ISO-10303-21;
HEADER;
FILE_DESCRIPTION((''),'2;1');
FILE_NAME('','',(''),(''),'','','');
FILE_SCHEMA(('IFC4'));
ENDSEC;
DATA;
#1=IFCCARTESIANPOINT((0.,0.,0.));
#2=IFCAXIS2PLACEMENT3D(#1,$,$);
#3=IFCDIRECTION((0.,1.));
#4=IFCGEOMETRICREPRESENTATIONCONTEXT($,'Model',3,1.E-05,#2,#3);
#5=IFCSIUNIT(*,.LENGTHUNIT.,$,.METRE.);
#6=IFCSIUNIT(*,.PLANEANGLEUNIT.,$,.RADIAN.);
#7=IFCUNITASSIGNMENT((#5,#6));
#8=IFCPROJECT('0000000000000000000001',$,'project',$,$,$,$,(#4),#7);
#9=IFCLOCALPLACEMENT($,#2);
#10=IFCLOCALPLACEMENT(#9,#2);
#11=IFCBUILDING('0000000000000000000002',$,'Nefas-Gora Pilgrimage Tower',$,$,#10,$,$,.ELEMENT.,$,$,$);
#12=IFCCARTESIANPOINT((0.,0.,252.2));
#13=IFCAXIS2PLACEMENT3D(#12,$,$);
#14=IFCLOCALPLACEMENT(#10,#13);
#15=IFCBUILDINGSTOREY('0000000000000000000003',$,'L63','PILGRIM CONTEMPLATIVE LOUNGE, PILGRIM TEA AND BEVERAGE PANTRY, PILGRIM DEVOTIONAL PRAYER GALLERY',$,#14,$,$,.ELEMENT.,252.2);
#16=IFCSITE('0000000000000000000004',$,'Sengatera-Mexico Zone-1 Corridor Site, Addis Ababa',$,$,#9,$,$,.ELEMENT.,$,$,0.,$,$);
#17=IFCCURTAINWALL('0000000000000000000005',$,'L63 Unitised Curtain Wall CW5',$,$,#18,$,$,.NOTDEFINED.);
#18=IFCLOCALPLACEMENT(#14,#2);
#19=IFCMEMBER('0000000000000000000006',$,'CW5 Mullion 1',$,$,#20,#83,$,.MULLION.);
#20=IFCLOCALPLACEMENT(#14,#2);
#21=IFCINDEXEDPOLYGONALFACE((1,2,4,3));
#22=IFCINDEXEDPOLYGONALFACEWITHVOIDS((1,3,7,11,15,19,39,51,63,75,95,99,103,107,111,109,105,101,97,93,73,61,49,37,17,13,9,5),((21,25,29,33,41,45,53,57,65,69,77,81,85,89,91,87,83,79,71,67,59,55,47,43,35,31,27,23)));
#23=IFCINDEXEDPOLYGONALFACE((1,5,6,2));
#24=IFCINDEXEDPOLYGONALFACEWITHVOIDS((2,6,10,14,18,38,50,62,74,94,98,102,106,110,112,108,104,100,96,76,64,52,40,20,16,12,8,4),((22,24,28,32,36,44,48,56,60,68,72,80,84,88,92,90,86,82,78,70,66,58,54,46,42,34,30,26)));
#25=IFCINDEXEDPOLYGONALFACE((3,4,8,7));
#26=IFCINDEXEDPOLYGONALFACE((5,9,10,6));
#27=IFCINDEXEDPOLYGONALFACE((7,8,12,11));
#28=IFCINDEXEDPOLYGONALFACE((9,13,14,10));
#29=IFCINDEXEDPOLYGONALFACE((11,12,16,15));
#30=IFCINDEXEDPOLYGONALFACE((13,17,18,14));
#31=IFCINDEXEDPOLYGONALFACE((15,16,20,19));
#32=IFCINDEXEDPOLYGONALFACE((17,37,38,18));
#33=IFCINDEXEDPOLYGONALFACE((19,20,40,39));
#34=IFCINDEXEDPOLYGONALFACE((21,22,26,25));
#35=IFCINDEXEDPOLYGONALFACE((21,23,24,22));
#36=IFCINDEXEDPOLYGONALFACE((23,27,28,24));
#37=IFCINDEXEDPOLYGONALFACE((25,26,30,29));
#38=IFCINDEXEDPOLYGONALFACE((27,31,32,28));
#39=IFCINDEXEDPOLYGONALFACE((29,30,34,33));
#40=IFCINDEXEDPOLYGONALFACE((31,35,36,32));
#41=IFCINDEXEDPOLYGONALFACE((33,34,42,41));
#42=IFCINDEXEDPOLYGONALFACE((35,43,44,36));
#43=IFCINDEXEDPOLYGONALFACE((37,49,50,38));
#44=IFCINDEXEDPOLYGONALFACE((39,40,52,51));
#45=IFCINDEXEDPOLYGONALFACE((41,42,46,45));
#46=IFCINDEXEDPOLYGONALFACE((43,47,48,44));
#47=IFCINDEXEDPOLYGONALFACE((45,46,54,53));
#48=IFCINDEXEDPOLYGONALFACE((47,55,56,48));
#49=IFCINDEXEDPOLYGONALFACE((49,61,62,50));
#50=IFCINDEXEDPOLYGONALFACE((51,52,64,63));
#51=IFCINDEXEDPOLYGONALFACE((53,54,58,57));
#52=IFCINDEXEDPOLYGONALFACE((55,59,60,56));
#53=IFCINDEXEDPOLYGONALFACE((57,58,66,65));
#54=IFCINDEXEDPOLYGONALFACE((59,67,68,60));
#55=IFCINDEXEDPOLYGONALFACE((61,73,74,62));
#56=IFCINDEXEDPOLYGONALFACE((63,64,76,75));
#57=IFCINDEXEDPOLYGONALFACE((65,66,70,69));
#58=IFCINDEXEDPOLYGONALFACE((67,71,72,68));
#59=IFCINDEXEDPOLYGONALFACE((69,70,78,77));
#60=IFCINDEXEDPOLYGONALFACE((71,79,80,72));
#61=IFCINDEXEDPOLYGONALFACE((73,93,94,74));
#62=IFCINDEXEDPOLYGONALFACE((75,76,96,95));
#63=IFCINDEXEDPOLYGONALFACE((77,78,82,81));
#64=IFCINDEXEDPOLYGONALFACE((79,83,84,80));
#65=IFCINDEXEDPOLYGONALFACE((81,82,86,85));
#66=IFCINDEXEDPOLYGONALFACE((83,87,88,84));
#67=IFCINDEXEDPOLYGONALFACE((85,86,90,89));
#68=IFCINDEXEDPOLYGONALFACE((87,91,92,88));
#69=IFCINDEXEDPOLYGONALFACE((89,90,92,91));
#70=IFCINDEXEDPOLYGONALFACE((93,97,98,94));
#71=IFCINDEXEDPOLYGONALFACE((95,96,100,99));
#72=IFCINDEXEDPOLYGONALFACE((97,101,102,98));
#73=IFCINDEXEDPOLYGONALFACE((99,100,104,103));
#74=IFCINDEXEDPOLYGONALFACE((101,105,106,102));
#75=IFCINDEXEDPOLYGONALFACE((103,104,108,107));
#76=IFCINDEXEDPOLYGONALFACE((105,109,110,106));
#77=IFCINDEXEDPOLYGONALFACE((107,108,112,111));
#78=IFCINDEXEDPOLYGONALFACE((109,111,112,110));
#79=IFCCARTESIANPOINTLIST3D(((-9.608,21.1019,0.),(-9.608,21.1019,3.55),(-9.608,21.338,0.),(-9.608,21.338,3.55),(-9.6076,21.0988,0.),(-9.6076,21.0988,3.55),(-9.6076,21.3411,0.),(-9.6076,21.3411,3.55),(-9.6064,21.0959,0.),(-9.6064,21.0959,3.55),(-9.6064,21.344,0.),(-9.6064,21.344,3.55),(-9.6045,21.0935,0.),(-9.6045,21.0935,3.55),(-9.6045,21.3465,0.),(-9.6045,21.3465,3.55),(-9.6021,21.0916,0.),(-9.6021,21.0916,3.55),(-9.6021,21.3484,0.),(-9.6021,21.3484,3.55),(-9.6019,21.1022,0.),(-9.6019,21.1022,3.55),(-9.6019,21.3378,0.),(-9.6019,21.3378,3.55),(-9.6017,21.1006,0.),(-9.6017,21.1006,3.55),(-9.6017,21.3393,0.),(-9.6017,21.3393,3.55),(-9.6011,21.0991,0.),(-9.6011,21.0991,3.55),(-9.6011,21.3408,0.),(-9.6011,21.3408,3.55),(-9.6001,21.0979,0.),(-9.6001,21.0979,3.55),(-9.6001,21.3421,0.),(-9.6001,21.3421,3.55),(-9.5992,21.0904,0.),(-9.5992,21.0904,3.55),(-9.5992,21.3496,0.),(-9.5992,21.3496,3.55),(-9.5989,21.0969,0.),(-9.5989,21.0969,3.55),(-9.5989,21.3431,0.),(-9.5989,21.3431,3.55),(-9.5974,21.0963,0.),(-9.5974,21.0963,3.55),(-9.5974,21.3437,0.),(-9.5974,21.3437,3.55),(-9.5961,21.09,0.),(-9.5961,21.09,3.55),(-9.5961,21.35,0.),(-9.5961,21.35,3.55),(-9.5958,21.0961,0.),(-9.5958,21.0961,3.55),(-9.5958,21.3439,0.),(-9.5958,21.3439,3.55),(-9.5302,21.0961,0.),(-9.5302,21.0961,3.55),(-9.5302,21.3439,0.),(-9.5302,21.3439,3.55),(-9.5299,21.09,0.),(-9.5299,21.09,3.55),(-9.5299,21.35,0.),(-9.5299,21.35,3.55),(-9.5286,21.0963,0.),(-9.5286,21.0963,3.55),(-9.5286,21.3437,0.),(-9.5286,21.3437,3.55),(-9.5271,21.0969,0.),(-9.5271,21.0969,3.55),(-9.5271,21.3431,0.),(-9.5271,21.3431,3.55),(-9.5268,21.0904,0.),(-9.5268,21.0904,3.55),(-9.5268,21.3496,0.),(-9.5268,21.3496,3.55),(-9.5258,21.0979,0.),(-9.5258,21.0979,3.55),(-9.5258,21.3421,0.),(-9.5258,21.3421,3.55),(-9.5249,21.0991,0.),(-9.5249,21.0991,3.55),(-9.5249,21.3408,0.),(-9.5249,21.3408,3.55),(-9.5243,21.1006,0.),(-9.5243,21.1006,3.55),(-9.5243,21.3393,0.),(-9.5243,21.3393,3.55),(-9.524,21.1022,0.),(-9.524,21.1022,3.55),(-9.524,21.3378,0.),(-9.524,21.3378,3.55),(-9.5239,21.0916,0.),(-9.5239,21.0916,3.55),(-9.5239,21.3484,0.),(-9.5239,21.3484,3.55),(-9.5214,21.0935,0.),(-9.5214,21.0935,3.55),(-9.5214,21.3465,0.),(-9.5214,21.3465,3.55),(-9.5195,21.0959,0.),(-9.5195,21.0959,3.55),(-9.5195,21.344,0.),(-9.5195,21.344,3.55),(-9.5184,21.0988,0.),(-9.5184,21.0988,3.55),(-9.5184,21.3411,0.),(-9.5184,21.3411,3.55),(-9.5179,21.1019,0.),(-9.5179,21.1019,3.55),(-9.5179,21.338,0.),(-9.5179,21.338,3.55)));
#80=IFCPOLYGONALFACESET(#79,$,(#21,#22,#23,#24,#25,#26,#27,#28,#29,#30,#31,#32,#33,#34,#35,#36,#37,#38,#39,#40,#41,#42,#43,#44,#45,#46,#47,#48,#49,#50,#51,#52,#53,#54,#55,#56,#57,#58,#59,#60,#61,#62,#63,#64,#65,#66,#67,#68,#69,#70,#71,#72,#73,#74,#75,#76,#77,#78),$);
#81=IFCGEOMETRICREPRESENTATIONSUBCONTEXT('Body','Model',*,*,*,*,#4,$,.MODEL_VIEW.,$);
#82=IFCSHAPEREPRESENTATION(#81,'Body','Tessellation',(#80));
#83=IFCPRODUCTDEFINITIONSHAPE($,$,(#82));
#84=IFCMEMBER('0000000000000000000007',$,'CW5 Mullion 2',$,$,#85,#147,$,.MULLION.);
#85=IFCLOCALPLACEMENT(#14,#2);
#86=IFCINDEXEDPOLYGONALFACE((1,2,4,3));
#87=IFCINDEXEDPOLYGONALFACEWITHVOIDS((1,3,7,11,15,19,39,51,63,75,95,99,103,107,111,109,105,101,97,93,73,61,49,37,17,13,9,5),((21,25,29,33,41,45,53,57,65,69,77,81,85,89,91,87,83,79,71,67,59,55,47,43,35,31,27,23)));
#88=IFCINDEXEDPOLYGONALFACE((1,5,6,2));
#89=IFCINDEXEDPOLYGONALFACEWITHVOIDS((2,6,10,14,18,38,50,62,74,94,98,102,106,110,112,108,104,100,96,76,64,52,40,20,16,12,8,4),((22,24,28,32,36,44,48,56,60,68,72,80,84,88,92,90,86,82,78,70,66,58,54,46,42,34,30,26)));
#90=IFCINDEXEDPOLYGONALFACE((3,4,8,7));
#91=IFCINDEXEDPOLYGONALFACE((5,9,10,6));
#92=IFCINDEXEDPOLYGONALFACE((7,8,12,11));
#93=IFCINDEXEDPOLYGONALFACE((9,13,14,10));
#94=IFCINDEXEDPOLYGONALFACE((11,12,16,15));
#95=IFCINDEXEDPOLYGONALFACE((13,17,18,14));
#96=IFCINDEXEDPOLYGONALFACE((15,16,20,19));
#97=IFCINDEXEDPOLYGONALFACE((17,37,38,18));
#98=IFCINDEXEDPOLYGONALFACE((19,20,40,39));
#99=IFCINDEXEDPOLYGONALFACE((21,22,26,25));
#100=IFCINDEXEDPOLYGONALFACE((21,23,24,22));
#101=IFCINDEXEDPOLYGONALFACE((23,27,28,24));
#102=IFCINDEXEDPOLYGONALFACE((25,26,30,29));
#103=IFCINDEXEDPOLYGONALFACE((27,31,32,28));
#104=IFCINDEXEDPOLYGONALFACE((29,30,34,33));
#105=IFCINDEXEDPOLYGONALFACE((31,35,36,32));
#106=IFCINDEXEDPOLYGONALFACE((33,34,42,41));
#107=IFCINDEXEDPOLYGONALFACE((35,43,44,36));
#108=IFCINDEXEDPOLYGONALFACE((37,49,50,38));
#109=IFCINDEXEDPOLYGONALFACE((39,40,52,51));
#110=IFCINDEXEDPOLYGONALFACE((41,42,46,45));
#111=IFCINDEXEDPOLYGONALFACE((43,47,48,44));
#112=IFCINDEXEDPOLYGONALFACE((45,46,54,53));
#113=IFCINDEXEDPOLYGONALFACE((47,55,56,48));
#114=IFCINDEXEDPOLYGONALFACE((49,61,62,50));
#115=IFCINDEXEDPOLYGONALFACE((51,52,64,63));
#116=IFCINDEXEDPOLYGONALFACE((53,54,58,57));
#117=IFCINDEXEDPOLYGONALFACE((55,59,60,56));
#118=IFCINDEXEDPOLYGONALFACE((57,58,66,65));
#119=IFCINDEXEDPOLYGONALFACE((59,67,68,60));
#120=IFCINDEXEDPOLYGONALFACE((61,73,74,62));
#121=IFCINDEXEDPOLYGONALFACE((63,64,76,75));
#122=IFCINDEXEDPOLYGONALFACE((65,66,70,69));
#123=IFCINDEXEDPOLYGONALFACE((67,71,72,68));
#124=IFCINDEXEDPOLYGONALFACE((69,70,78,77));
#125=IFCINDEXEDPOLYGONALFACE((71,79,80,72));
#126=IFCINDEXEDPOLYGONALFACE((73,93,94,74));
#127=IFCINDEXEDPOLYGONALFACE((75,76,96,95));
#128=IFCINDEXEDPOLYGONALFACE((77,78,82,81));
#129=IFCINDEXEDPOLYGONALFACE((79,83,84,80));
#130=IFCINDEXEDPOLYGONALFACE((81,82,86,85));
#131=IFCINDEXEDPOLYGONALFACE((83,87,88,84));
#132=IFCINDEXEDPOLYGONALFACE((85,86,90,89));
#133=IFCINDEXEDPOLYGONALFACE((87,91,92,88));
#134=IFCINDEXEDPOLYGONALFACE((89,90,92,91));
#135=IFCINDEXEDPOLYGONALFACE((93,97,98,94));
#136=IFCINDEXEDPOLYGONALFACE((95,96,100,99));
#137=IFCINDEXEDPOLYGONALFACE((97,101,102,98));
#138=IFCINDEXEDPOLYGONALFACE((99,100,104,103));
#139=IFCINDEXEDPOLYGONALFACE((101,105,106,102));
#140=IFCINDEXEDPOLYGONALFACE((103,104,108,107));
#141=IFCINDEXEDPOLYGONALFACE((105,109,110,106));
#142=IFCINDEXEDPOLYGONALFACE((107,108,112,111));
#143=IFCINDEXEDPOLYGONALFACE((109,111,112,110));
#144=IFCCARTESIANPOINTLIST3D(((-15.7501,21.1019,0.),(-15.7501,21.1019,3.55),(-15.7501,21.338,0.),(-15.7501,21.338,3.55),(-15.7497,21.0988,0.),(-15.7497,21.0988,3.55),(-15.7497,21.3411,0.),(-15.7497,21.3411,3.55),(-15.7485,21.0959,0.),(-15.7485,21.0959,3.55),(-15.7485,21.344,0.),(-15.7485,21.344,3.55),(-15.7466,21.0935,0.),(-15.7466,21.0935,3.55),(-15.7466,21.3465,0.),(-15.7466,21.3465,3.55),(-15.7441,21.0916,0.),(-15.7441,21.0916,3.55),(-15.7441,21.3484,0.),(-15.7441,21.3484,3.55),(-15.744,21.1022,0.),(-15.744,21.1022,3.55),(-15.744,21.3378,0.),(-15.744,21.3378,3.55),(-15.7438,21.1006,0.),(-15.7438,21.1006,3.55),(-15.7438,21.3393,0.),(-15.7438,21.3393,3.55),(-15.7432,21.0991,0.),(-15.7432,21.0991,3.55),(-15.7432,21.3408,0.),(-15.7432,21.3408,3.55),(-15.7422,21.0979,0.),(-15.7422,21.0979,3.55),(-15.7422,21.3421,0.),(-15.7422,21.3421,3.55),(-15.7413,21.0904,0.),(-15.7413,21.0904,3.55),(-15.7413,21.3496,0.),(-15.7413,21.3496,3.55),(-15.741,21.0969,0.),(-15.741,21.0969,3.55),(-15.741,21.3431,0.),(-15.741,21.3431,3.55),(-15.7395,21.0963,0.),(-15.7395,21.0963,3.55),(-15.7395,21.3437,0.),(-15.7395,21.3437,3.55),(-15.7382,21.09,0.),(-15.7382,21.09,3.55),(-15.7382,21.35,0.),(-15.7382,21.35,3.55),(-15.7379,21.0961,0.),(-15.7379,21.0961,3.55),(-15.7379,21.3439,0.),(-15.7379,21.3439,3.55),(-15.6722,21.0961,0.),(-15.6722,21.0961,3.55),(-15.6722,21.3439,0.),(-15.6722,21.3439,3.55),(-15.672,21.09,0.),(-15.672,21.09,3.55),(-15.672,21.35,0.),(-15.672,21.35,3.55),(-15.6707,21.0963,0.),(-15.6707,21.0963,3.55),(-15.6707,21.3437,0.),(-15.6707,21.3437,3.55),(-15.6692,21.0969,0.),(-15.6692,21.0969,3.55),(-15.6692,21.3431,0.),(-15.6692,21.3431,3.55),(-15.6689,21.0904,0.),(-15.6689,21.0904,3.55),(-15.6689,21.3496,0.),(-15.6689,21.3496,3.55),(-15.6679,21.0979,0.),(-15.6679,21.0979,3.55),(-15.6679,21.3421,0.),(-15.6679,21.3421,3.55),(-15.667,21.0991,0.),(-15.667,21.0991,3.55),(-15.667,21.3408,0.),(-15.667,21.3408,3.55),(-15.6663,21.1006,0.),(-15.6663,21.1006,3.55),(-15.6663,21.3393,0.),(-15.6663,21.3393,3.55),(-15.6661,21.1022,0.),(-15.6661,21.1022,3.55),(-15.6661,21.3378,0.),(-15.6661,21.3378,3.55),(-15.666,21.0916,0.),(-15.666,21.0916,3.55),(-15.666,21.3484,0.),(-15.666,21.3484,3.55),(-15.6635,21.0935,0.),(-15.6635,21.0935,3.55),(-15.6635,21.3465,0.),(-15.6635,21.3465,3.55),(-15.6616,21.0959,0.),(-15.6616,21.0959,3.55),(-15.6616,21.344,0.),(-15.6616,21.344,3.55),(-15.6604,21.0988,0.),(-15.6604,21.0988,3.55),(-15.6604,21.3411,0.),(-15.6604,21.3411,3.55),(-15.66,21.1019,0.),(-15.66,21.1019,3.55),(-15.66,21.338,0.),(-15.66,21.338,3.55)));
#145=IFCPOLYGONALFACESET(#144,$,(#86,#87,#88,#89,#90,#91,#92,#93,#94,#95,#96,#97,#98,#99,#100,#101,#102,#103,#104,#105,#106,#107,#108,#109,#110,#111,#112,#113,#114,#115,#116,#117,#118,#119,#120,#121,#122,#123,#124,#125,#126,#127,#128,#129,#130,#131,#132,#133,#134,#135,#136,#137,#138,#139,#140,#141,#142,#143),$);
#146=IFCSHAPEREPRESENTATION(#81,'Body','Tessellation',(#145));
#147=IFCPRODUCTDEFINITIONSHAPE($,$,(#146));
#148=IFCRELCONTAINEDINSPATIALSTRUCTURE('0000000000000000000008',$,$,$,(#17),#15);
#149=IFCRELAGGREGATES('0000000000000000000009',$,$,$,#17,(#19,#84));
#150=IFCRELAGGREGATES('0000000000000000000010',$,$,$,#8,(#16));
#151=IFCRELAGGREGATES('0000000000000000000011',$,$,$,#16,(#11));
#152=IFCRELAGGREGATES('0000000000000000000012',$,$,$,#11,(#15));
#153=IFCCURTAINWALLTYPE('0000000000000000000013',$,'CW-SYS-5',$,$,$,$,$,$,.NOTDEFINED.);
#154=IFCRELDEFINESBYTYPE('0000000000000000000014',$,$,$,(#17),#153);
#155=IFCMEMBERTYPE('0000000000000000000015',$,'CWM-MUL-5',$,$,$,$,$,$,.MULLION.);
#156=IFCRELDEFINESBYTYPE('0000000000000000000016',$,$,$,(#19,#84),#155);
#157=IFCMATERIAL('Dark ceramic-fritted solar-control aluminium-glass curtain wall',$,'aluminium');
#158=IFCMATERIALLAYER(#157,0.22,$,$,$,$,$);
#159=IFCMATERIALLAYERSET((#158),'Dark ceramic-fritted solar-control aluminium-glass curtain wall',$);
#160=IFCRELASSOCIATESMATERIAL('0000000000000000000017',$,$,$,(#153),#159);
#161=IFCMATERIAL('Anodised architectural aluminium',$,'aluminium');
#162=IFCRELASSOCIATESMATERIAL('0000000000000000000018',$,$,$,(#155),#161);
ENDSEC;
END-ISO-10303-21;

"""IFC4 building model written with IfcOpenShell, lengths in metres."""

from ifc_helpers import new_model, si_unit, direction, frame, origin, origin_2d, place, context, subcontext, project, spatial, hollow_rectangle, extrude, source, transform, mapped, material, layer, layer_set, material_profile, profile_set, type_object, element, aggregate, save


model = new_model("IFC4")

# Units and contexts
model_context = context("Model", 3, precision=1e-05, world=origin(), true_north=direction((0.0, 1.0)))
body_context = subcontext(model_context, "Body", "Model", "MODEL_VIEW")
ifc_project = project(units=[si_unit("LENGTHUNIT", "METRE"), si_unit("PLANEANGLEUNIT", "RADIAN")], contexts=[model_context])

# Site, building, storey
site_placement = place(None, origin())
site = spatial("IfcSite", under=ifc_project, at=site_placement, Name="Sengatera-Mexico Zone-1 Corridor Site, Addis Ababa", CompositionType="ELEMENT", RefElevation=0.0)
building_placement = place(site_placement, origin())
building = spatial("IfcBuilding", under=site, at=building_placement, Name="Nefas-Gora Pilgrimage Tower", CompositionType="ELEMENT")
storey_placement = place(building_placement, frame((0.0, 0.0, 252.2)))
storey = spatial("IfcBuildingStorey", under=building, at=storey_placement, Name="L63", Description="PILGRIM CONTEMPLATIVE LOUNGE, PILGRIM TEA AND BEVERAGE PANTRY, PILGRIM DEVOTIONAL PRAYER GALLERY", CompositionType="ELEMENT", Elevation=252.2)

# Curtain wall, members
ifc_material_1 = material(Name="Dark ceramic-fritted solar-control aluminium-glass curtain wall", Category="aluminium")
ifc_layer_1 = layer(ifc_material_1, 0.22)
ifc_layer_set_1 = layer_set([ifc_layer_1], Name="Dark ceramic-fritted solar-control aluminium-glass curtain wall")
curtain_wall_type_1 = type_object("IfcCurtainWallType", Name="CW-SYS-5", PredefinedType="NOTDEFINED", material=ifc_layer_set_1)
curtain_wall_1_placement = place(storey_placement, origin())
curtain_wall_1 = element("IfcCurtainWall", 1, at=curtain_wall_1_placement, inside=storey, type_object=curtain_wall_type_1, Name="L63 Unitised Curtain Wall CW5", PredefinedType="NOTDEFINED")
ifc_material_2 = material(Name="Anodised architectural aluminium", Category="aluminium")
ifc_material_profile_1 = material_profile(ifc_material_2, hollow_rectangle(XDim=0.0901, YDim=0.26, WallThickness=0.0061, InnerFilletRadius=0.0061, OuterFilletRadius=0.012, at=origin_2d()), Name="ALU MULLION 90x260")
ifc_profile_set_1 = profile_set([ifc_material_profile_1], Name="Anodised architectural aluminium")
member_type_1 = type_object("IfcMemberType", Name="CWM-MUL-5", PredefinedType="MULLION", material=ifc_profile_set_1)
shared_shape_1 = source(origin(), body_context, "Body", "SweptSolid", [
    extrude(hollow_rectangle(XDim=0.0901, YDim=0.26, WallThickness=0.0061, InnerFilletRadius=0.0061, OuterFilletRadius=0.012, at=origin_2d()), origin(), (0.0, 0.0, 1.0), 3.55),
])
member_1_placement = place(storey_placement, frame((-9.563, 21.22, 0.0), z_axis=(0.0, 0.0, 1.0), x_axis=(-1.0, 0.0, 0.0)))
member_1 = element("IfcMember", 2, at=member_1_placement, type_object=member_type_1, Name="CW5 Mullion 1", PredefinedType="MULLION", context=body_context, shape_type="MappedRepresentation", body=[
    mapped(shared_shape_1, transform((0.0, 0.0, 0.0), x_axis=(1.0, 0.0, 0.0), y_axis=(0.0, 1.0, 0.0), z_axis=(0.0, 0.0, 1.0), scale=1.0)),
])
member_2_placement = place(storey_placement, frame((-15.7051, 21.22, 0.0), z_axis=(0.0, 0.0, 1.0), x_axis=(-1.0, 0.0, 0.0)))
member_2 = element("IfcMember", 3, at=member_2_placement, type_object=member_type_1, Name="CW5 Mullion 2", PredefinedType="MULLION", context=body_context, shape_type="MappedRepresentation", body=[
    mapped(shared_shape_1, transform((0.0, 0.0, 0.0), x_axis=(1.0, 0.0, 0.0), y_axis=(0.0, 1.0, 0.0), z_axis=(0.0, 0.0, 1.0), scale=1.0)),
])

aggregate(curtain_wall_1, [member_1, member_2])

save(model, "model.ifc")
